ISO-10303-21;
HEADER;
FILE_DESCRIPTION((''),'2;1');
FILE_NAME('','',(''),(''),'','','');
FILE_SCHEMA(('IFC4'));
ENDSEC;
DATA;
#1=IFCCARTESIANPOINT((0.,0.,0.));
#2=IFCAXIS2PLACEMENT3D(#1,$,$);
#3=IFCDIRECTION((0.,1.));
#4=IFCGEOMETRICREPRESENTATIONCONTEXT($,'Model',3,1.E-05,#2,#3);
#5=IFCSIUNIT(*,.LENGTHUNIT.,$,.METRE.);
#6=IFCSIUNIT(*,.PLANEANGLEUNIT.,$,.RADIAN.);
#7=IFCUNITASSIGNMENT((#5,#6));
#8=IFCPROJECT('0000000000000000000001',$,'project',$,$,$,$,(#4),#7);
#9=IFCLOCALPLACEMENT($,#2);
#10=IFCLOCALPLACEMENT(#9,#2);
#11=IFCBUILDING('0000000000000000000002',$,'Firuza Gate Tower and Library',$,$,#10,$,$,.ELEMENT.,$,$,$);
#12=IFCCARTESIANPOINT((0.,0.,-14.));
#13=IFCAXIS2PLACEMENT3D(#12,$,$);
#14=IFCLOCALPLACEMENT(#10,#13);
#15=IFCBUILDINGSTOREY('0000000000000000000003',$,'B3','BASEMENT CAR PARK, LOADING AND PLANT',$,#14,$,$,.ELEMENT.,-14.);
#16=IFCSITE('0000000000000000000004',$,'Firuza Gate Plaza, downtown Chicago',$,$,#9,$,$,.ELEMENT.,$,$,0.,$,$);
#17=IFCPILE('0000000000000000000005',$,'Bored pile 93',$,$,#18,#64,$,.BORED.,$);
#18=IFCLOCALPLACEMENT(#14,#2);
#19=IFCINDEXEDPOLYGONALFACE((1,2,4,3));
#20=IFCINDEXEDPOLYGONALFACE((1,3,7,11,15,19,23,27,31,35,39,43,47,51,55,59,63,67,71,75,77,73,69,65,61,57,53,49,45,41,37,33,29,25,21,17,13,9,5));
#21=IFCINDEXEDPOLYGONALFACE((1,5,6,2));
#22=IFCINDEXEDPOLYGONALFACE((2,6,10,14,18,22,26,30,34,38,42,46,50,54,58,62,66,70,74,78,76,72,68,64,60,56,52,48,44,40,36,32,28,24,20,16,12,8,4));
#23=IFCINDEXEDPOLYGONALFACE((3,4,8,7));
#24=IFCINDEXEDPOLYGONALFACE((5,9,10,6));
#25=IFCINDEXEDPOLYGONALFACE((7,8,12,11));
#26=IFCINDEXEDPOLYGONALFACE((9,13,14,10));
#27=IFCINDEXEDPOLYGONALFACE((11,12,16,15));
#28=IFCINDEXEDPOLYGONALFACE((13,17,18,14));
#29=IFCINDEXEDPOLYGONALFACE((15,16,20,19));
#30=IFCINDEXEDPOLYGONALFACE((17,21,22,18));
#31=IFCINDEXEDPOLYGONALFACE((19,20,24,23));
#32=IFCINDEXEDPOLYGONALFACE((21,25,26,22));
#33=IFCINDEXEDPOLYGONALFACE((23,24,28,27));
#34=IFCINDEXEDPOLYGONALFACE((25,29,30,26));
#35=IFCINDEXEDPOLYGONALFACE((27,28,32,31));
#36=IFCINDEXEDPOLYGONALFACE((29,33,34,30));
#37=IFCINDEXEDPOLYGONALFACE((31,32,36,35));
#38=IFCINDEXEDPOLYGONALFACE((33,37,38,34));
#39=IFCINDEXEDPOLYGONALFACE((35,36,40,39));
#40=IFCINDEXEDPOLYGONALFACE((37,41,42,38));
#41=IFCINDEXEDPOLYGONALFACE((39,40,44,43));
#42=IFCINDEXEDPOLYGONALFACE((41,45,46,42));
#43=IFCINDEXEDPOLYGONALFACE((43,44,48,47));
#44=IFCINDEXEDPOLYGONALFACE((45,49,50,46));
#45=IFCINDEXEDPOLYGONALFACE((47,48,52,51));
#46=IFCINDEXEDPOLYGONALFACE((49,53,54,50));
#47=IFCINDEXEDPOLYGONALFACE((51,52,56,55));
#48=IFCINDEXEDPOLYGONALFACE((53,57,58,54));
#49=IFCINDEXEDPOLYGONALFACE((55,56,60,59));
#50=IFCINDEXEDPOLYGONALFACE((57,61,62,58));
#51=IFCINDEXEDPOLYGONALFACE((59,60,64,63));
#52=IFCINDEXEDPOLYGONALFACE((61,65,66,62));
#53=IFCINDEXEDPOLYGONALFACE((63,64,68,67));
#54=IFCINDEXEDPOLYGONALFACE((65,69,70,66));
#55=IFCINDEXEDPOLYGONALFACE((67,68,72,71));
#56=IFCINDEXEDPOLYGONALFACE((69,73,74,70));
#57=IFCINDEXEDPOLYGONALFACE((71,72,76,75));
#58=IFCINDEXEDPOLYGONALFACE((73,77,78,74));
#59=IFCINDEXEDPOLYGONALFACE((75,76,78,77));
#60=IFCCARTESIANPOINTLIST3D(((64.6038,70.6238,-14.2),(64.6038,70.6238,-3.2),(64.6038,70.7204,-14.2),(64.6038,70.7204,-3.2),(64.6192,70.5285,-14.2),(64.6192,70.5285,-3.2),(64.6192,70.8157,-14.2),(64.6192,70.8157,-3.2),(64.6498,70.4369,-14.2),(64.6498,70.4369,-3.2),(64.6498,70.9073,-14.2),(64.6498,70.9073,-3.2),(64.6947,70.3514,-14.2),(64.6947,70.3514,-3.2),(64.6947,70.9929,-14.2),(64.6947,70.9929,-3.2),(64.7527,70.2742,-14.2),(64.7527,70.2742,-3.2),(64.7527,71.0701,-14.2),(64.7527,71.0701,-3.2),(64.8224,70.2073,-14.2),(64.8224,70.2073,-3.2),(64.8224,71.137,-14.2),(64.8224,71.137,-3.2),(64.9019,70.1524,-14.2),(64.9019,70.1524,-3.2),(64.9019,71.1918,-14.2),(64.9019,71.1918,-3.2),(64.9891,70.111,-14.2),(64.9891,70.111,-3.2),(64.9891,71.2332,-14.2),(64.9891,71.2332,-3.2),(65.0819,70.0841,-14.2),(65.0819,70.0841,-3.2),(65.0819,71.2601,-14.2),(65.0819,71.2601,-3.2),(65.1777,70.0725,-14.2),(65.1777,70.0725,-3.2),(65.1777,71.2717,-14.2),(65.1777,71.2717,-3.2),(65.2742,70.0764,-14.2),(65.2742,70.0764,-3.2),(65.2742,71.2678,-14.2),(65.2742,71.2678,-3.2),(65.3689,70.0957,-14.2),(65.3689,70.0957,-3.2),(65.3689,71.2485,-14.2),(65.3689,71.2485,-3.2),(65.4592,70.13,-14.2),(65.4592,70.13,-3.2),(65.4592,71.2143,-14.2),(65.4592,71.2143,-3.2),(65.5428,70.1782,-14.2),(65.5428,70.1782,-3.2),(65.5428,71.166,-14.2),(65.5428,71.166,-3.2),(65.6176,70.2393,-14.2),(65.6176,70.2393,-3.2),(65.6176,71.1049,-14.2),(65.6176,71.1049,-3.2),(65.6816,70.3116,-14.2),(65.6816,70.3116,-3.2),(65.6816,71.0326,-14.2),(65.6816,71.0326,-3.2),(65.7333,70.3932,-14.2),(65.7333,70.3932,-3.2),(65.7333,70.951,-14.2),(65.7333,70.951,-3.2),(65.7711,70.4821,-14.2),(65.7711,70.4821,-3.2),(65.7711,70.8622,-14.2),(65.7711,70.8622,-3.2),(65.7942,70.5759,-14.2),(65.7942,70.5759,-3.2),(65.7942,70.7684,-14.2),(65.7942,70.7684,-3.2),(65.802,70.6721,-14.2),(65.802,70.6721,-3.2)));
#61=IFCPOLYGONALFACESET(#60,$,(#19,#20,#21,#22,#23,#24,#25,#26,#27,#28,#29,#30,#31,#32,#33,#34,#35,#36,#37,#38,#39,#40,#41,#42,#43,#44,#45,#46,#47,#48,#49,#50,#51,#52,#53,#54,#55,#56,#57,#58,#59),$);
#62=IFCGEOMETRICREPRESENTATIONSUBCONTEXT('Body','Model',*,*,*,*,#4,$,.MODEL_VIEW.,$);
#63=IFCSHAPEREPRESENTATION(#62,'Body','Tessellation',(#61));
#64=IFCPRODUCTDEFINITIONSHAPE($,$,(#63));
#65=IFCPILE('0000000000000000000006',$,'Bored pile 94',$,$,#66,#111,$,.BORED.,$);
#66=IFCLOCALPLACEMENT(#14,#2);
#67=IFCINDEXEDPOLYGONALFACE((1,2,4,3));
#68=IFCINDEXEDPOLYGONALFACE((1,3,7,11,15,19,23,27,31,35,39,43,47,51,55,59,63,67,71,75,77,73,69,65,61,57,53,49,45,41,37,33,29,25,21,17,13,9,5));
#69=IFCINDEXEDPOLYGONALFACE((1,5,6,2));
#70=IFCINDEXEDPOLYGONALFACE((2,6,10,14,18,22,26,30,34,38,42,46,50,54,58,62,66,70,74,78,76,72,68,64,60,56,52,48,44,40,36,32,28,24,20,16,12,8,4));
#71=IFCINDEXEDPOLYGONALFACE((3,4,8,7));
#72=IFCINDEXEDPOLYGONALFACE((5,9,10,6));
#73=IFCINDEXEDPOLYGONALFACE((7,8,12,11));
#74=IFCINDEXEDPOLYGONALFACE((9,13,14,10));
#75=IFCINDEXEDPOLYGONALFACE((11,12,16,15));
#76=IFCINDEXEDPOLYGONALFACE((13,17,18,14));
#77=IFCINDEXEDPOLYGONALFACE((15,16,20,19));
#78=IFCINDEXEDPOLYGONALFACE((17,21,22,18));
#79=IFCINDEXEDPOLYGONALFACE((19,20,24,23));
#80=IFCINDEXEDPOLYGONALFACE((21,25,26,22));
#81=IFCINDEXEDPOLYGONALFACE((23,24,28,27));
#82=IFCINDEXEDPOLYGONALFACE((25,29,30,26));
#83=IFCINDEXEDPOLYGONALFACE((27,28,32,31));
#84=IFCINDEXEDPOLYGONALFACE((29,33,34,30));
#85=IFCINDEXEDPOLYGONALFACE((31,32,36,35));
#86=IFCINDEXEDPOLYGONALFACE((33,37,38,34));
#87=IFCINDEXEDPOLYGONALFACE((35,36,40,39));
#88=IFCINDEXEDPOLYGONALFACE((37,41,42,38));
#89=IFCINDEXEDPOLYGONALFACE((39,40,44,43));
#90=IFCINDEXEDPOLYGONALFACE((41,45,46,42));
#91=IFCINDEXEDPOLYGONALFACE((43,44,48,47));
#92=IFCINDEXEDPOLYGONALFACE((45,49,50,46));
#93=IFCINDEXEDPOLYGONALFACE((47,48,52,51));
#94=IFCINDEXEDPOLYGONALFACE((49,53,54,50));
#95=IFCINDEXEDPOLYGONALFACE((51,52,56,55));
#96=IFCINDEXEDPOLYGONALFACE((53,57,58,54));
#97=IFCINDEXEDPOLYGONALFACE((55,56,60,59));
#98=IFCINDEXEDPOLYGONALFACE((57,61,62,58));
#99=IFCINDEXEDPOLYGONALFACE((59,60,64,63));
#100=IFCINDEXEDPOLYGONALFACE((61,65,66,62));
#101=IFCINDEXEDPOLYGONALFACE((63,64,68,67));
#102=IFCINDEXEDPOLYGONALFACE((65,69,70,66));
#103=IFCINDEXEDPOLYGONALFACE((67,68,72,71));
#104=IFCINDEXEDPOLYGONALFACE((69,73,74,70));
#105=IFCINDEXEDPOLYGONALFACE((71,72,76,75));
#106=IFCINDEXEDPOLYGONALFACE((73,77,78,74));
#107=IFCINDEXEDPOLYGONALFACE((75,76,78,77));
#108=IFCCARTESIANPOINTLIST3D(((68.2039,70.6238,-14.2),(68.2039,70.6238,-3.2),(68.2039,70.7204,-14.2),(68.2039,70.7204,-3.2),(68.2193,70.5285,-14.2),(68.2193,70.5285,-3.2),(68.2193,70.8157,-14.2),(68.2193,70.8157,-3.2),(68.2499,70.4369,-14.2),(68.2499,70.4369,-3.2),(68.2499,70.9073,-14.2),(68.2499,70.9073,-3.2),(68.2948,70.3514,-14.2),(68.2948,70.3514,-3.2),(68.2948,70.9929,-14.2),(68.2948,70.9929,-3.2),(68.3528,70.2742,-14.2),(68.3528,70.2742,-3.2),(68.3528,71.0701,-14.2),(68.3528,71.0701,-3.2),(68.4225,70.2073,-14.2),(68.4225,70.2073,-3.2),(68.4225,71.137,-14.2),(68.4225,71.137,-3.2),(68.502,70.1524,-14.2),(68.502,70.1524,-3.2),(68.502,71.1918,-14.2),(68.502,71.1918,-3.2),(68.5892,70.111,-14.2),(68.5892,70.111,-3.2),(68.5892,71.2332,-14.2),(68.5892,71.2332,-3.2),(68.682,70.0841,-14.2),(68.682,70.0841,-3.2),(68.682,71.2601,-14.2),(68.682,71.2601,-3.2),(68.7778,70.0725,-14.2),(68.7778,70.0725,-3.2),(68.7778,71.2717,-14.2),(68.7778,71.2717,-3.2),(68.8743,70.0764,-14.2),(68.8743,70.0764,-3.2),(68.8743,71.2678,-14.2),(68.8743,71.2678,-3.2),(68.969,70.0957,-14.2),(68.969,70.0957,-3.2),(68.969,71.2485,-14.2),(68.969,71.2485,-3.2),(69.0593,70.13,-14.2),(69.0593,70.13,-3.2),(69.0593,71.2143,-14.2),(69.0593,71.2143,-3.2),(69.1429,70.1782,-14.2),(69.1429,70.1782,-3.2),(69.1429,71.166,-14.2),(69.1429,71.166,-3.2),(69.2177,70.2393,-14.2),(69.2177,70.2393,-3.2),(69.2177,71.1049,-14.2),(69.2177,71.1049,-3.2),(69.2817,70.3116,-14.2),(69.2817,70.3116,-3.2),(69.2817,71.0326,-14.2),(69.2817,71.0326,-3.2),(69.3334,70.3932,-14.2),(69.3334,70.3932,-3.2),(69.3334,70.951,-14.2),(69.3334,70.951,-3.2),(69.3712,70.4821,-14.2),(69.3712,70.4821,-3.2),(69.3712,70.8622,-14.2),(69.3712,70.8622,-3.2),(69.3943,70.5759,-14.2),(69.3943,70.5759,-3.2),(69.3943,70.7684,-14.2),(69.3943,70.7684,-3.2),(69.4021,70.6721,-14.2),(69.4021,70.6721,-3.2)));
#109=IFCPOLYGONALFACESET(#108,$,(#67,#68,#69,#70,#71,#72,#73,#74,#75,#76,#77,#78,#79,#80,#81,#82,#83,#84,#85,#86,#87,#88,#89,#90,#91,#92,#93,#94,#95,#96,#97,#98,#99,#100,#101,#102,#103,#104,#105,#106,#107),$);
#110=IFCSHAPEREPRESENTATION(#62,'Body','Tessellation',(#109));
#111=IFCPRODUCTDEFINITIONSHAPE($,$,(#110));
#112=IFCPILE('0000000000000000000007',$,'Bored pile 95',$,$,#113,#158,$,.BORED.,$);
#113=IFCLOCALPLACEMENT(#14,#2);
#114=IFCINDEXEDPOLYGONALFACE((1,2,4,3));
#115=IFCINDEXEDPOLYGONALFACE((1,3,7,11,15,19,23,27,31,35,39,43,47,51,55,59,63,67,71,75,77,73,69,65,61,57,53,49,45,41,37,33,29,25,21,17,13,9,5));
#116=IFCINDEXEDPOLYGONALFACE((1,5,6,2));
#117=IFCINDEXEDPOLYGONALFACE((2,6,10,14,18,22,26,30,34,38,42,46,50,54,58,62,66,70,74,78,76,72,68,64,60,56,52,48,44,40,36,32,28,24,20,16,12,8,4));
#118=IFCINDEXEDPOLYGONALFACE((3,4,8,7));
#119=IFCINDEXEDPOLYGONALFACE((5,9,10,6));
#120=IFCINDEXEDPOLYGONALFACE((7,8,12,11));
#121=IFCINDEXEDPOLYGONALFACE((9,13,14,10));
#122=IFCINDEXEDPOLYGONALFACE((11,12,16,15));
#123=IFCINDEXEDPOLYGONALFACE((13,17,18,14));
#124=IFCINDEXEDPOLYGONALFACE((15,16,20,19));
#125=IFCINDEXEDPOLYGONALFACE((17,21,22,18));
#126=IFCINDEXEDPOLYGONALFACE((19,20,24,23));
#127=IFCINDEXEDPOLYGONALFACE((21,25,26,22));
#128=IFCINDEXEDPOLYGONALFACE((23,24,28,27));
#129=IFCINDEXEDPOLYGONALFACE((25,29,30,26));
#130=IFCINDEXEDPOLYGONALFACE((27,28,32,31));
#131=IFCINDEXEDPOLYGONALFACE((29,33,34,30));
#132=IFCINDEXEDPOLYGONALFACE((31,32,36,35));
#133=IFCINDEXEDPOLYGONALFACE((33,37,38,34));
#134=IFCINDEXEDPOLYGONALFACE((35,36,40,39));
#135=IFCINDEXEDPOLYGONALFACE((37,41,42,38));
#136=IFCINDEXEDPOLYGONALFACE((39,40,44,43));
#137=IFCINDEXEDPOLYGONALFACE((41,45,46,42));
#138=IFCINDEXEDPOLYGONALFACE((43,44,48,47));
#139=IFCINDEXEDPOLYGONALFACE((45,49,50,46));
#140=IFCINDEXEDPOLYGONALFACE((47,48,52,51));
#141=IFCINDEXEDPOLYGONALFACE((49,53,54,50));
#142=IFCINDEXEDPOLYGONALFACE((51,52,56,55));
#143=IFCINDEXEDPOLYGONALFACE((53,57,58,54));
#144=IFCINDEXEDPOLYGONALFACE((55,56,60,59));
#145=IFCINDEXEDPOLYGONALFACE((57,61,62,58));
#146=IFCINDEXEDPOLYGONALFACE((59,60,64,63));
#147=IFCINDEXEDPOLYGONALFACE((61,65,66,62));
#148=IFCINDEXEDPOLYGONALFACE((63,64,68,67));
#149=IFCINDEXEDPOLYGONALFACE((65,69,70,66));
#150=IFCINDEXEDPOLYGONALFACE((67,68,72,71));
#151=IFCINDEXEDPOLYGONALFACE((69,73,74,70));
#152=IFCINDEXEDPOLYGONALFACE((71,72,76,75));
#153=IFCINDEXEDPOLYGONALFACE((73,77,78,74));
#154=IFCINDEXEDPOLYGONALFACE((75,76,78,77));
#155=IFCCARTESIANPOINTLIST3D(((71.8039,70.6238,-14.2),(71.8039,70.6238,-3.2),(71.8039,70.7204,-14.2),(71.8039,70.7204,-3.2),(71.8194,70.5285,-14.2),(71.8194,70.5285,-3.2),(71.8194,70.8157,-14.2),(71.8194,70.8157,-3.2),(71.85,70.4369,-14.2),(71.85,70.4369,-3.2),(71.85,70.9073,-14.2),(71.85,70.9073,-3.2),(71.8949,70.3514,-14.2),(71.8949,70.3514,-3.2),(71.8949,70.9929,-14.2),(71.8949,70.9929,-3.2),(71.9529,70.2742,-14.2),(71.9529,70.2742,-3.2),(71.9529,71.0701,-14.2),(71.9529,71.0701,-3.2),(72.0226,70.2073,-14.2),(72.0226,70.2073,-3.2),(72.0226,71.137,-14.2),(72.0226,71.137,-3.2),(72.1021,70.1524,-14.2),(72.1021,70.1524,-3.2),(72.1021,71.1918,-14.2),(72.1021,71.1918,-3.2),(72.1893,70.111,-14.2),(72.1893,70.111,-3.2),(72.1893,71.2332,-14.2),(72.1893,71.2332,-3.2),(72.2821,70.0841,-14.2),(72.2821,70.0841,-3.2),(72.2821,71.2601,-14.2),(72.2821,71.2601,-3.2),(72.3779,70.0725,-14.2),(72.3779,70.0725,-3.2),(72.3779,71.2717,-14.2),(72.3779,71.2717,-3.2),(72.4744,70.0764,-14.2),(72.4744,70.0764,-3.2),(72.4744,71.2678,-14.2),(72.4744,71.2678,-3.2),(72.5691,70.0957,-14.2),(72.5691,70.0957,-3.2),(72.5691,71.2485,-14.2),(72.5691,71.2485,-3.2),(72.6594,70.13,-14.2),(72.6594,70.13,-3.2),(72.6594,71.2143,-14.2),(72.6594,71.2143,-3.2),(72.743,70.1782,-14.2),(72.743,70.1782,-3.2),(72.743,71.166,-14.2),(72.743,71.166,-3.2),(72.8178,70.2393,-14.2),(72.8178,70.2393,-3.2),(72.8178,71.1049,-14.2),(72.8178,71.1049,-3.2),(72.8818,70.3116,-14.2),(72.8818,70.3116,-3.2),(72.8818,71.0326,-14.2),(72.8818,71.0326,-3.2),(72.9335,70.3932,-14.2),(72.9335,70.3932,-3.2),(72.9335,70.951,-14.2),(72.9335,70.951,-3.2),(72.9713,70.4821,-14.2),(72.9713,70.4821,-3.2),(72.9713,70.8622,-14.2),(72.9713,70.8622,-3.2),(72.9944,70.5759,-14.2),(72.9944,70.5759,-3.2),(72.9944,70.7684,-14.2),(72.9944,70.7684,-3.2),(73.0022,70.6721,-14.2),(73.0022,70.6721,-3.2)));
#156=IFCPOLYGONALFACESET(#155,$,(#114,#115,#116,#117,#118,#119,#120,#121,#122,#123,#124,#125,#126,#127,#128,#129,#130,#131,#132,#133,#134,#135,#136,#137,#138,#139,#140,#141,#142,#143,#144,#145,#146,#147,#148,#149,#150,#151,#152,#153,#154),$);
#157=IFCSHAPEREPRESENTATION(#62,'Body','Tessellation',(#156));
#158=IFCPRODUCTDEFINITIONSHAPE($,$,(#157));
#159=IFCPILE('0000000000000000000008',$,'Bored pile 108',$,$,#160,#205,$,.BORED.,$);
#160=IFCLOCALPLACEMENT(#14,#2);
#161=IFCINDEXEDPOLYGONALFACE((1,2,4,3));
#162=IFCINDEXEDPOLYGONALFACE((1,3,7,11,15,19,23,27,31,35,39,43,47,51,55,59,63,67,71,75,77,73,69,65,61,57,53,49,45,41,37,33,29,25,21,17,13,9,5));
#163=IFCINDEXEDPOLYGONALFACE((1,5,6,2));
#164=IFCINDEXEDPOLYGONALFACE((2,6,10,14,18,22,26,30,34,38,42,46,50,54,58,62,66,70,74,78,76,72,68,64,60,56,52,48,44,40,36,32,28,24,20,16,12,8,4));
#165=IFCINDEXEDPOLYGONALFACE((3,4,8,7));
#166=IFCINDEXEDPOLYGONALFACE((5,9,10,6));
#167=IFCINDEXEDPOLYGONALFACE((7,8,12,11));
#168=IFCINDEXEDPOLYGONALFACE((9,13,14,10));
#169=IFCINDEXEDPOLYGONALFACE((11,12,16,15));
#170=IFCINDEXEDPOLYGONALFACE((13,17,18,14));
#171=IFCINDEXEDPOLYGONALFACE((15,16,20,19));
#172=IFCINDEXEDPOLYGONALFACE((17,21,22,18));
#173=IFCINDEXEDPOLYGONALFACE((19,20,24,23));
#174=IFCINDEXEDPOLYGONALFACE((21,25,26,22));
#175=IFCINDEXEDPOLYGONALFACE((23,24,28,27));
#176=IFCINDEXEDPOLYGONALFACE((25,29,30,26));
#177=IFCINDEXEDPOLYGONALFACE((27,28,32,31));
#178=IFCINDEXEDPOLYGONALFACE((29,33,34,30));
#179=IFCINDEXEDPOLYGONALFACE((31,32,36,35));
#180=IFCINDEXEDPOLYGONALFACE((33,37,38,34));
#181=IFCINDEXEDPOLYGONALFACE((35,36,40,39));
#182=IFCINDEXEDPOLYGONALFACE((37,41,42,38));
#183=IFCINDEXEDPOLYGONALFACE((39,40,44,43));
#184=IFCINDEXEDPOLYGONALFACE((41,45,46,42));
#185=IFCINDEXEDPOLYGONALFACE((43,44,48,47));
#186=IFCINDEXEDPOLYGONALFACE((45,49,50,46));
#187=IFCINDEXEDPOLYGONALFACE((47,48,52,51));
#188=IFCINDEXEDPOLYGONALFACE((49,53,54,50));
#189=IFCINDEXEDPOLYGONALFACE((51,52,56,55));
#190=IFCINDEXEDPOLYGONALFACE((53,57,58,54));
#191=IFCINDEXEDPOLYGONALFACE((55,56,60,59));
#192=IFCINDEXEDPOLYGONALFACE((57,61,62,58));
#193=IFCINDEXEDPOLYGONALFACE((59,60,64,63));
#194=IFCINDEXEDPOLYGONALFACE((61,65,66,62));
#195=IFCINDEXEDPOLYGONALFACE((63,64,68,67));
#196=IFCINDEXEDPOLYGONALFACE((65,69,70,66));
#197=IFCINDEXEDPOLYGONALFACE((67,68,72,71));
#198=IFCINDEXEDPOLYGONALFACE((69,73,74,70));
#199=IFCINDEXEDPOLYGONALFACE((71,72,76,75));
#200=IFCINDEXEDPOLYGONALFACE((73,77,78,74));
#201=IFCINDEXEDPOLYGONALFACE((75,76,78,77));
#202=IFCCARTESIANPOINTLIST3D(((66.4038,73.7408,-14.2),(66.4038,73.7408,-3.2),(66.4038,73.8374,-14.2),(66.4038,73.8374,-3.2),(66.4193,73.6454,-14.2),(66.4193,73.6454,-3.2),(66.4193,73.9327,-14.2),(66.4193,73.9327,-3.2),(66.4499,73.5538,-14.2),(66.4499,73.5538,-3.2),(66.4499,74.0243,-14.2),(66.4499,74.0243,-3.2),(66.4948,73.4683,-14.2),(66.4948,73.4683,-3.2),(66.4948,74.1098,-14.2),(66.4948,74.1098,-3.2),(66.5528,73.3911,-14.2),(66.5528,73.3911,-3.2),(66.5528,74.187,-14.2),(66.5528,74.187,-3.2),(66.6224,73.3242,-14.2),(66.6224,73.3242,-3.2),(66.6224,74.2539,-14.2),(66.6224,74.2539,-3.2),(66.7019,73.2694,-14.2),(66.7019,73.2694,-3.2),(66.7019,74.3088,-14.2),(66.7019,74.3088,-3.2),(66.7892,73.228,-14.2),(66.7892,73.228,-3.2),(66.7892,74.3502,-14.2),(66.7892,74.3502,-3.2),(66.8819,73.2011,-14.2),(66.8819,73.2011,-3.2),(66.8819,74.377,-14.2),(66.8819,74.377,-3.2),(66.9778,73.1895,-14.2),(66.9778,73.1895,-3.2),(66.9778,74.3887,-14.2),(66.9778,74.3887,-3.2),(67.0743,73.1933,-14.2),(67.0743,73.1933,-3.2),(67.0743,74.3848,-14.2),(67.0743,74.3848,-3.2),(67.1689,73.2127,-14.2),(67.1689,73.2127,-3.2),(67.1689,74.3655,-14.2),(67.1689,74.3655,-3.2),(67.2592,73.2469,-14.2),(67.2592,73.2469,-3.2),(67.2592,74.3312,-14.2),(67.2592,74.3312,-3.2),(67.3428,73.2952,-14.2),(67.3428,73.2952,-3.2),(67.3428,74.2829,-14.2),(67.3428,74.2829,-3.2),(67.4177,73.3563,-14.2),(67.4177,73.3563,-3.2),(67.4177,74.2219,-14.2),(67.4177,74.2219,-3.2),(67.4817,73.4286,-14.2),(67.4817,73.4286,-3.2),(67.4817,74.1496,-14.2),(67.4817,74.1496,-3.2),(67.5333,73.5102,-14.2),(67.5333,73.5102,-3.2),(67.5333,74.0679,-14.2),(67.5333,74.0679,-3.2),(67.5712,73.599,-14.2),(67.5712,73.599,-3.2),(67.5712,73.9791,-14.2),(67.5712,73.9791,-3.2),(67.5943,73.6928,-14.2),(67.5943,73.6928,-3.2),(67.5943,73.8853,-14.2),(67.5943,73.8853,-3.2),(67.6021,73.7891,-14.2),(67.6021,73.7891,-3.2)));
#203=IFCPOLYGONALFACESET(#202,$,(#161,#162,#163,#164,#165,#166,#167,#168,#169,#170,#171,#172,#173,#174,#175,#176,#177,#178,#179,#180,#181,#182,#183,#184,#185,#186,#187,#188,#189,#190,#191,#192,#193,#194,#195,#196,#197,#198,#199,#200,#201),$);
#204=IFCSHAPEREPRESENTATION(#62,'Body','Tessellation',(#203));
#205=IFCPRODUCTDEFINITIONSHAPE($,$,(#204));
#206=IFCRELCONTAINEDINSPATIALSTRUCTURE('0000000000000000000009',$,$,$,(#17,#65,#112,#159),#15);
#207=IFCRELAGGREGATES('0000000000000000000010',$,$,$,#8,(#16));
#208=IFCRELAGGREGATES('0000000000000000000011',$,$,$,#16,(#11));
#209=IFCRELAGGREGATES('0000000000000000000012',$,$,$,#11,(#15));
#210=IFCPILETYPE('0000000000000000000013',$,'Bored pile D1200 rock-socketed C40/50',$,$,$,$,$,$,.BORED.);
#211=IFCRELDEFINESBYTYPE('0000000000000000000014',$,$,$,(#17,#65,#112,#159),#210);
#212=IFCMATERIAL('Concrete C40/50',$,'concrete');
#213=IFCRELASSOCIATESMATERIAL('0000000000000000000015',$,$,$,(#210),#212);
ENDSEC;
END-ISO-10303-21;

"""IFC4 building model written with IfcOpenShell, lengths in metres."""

from ifc_helpers import new_model, si_unit, direction, frame, origin, origin_2d, place, context, subcontext, project, spatial, circle, extrude, material, material_profile, profile_set, type_object, element, save


model = new_model("IFC4")

# Units and contexts
model_context = context("Model", 3, precision=1e-05, world=origin(), true_north=direction((0.0, 1.0)))
body_context = subcontext(model_context, "Body", "Model", "MODEL_VIEW")
ifc_project = project(units=[si_unit("LENGTHUNIT", "METRE"), si_unit("PLANEANGLEUNIT", "RADIAN")], contexts=[model_context])

# Site, building, storey
site_placement = place(None, origin())
site = spatial("IfcSite", under=ifc_project, at=site_placement, Name="Firuza Gate Plaza, downtown Chicago", CompositionType="ELEMENT", RefElevation=0.0)
building_placement = place(site_placement, origin())
building = spatial("IfcBuilding", under=site, at=building_placement, Name="Firuza Gate Tower and Library", CompositionType="ELEMENT")
storey_placement = place(building_placement, frame((0.0, 0.0, -14.0)))
storey = spatial("IfcBuildingStorey", under=building, at=storey_placement, Name="B3", Description="BASEMENT CAR PARK, LOADING AND PLANT", CompositionType="ELEMENT", Elevation=-14.0)

# Piles
ifc_material_1 = material(Name="Concrete C40/50", Category="concrete")
ifc_material_profile_1 = material_profile(ifc_material_1, circle(Radius=0.6001, at=origin_2d()))
ifc_profile_set_1 = profile_set([ifc_material_profile_1], Name="Concrete C40/50")
pile_type = type_object("IfcPileType", Name="Bored pile D1200 rock-socketed C40/50", PredefinedType="BORED", material=ifc_profile_set_1)
for number, where, z_axis, x_axis, name in (
    (1, (65.2019, 70.6721, -3.2), (0.0, 0.0, -1.0), (1.0, 0.0, 0.0), "Bored pile 93"),
    (2, (68.802, 70.6721, -3.2), (0.0, 0.0, -1.0), (1.0, 0.0, 0.0), "Bored pile 94"),
    (3, (72.4021, 70.6721, -3.2), (0.0, 0.0, -1.0), (1.0, 0.0, 0.0), "Bored pile 95"),
    (4, (67.002, 73.7891, -3.2), (0.0, 0.0, -1.0), (1.0, 0.0, 0.0), "Bored pile 108"),
):
    element("IfcPile", number, at=place(storey_placement, frame(where, z_axis=z_axis, x_axis=x_axis)), inside=storey, type_object=pile_type, Name=name, PredefinedType="BORED", context=body_context, shape_type="SweptSolid", body=[
        extrude(circle(Radius=0.6001, at=origin_2d()), origin(), (0.0, 0.0, 1.0), 11.0),
    ])

save(model, "model.ifc")
